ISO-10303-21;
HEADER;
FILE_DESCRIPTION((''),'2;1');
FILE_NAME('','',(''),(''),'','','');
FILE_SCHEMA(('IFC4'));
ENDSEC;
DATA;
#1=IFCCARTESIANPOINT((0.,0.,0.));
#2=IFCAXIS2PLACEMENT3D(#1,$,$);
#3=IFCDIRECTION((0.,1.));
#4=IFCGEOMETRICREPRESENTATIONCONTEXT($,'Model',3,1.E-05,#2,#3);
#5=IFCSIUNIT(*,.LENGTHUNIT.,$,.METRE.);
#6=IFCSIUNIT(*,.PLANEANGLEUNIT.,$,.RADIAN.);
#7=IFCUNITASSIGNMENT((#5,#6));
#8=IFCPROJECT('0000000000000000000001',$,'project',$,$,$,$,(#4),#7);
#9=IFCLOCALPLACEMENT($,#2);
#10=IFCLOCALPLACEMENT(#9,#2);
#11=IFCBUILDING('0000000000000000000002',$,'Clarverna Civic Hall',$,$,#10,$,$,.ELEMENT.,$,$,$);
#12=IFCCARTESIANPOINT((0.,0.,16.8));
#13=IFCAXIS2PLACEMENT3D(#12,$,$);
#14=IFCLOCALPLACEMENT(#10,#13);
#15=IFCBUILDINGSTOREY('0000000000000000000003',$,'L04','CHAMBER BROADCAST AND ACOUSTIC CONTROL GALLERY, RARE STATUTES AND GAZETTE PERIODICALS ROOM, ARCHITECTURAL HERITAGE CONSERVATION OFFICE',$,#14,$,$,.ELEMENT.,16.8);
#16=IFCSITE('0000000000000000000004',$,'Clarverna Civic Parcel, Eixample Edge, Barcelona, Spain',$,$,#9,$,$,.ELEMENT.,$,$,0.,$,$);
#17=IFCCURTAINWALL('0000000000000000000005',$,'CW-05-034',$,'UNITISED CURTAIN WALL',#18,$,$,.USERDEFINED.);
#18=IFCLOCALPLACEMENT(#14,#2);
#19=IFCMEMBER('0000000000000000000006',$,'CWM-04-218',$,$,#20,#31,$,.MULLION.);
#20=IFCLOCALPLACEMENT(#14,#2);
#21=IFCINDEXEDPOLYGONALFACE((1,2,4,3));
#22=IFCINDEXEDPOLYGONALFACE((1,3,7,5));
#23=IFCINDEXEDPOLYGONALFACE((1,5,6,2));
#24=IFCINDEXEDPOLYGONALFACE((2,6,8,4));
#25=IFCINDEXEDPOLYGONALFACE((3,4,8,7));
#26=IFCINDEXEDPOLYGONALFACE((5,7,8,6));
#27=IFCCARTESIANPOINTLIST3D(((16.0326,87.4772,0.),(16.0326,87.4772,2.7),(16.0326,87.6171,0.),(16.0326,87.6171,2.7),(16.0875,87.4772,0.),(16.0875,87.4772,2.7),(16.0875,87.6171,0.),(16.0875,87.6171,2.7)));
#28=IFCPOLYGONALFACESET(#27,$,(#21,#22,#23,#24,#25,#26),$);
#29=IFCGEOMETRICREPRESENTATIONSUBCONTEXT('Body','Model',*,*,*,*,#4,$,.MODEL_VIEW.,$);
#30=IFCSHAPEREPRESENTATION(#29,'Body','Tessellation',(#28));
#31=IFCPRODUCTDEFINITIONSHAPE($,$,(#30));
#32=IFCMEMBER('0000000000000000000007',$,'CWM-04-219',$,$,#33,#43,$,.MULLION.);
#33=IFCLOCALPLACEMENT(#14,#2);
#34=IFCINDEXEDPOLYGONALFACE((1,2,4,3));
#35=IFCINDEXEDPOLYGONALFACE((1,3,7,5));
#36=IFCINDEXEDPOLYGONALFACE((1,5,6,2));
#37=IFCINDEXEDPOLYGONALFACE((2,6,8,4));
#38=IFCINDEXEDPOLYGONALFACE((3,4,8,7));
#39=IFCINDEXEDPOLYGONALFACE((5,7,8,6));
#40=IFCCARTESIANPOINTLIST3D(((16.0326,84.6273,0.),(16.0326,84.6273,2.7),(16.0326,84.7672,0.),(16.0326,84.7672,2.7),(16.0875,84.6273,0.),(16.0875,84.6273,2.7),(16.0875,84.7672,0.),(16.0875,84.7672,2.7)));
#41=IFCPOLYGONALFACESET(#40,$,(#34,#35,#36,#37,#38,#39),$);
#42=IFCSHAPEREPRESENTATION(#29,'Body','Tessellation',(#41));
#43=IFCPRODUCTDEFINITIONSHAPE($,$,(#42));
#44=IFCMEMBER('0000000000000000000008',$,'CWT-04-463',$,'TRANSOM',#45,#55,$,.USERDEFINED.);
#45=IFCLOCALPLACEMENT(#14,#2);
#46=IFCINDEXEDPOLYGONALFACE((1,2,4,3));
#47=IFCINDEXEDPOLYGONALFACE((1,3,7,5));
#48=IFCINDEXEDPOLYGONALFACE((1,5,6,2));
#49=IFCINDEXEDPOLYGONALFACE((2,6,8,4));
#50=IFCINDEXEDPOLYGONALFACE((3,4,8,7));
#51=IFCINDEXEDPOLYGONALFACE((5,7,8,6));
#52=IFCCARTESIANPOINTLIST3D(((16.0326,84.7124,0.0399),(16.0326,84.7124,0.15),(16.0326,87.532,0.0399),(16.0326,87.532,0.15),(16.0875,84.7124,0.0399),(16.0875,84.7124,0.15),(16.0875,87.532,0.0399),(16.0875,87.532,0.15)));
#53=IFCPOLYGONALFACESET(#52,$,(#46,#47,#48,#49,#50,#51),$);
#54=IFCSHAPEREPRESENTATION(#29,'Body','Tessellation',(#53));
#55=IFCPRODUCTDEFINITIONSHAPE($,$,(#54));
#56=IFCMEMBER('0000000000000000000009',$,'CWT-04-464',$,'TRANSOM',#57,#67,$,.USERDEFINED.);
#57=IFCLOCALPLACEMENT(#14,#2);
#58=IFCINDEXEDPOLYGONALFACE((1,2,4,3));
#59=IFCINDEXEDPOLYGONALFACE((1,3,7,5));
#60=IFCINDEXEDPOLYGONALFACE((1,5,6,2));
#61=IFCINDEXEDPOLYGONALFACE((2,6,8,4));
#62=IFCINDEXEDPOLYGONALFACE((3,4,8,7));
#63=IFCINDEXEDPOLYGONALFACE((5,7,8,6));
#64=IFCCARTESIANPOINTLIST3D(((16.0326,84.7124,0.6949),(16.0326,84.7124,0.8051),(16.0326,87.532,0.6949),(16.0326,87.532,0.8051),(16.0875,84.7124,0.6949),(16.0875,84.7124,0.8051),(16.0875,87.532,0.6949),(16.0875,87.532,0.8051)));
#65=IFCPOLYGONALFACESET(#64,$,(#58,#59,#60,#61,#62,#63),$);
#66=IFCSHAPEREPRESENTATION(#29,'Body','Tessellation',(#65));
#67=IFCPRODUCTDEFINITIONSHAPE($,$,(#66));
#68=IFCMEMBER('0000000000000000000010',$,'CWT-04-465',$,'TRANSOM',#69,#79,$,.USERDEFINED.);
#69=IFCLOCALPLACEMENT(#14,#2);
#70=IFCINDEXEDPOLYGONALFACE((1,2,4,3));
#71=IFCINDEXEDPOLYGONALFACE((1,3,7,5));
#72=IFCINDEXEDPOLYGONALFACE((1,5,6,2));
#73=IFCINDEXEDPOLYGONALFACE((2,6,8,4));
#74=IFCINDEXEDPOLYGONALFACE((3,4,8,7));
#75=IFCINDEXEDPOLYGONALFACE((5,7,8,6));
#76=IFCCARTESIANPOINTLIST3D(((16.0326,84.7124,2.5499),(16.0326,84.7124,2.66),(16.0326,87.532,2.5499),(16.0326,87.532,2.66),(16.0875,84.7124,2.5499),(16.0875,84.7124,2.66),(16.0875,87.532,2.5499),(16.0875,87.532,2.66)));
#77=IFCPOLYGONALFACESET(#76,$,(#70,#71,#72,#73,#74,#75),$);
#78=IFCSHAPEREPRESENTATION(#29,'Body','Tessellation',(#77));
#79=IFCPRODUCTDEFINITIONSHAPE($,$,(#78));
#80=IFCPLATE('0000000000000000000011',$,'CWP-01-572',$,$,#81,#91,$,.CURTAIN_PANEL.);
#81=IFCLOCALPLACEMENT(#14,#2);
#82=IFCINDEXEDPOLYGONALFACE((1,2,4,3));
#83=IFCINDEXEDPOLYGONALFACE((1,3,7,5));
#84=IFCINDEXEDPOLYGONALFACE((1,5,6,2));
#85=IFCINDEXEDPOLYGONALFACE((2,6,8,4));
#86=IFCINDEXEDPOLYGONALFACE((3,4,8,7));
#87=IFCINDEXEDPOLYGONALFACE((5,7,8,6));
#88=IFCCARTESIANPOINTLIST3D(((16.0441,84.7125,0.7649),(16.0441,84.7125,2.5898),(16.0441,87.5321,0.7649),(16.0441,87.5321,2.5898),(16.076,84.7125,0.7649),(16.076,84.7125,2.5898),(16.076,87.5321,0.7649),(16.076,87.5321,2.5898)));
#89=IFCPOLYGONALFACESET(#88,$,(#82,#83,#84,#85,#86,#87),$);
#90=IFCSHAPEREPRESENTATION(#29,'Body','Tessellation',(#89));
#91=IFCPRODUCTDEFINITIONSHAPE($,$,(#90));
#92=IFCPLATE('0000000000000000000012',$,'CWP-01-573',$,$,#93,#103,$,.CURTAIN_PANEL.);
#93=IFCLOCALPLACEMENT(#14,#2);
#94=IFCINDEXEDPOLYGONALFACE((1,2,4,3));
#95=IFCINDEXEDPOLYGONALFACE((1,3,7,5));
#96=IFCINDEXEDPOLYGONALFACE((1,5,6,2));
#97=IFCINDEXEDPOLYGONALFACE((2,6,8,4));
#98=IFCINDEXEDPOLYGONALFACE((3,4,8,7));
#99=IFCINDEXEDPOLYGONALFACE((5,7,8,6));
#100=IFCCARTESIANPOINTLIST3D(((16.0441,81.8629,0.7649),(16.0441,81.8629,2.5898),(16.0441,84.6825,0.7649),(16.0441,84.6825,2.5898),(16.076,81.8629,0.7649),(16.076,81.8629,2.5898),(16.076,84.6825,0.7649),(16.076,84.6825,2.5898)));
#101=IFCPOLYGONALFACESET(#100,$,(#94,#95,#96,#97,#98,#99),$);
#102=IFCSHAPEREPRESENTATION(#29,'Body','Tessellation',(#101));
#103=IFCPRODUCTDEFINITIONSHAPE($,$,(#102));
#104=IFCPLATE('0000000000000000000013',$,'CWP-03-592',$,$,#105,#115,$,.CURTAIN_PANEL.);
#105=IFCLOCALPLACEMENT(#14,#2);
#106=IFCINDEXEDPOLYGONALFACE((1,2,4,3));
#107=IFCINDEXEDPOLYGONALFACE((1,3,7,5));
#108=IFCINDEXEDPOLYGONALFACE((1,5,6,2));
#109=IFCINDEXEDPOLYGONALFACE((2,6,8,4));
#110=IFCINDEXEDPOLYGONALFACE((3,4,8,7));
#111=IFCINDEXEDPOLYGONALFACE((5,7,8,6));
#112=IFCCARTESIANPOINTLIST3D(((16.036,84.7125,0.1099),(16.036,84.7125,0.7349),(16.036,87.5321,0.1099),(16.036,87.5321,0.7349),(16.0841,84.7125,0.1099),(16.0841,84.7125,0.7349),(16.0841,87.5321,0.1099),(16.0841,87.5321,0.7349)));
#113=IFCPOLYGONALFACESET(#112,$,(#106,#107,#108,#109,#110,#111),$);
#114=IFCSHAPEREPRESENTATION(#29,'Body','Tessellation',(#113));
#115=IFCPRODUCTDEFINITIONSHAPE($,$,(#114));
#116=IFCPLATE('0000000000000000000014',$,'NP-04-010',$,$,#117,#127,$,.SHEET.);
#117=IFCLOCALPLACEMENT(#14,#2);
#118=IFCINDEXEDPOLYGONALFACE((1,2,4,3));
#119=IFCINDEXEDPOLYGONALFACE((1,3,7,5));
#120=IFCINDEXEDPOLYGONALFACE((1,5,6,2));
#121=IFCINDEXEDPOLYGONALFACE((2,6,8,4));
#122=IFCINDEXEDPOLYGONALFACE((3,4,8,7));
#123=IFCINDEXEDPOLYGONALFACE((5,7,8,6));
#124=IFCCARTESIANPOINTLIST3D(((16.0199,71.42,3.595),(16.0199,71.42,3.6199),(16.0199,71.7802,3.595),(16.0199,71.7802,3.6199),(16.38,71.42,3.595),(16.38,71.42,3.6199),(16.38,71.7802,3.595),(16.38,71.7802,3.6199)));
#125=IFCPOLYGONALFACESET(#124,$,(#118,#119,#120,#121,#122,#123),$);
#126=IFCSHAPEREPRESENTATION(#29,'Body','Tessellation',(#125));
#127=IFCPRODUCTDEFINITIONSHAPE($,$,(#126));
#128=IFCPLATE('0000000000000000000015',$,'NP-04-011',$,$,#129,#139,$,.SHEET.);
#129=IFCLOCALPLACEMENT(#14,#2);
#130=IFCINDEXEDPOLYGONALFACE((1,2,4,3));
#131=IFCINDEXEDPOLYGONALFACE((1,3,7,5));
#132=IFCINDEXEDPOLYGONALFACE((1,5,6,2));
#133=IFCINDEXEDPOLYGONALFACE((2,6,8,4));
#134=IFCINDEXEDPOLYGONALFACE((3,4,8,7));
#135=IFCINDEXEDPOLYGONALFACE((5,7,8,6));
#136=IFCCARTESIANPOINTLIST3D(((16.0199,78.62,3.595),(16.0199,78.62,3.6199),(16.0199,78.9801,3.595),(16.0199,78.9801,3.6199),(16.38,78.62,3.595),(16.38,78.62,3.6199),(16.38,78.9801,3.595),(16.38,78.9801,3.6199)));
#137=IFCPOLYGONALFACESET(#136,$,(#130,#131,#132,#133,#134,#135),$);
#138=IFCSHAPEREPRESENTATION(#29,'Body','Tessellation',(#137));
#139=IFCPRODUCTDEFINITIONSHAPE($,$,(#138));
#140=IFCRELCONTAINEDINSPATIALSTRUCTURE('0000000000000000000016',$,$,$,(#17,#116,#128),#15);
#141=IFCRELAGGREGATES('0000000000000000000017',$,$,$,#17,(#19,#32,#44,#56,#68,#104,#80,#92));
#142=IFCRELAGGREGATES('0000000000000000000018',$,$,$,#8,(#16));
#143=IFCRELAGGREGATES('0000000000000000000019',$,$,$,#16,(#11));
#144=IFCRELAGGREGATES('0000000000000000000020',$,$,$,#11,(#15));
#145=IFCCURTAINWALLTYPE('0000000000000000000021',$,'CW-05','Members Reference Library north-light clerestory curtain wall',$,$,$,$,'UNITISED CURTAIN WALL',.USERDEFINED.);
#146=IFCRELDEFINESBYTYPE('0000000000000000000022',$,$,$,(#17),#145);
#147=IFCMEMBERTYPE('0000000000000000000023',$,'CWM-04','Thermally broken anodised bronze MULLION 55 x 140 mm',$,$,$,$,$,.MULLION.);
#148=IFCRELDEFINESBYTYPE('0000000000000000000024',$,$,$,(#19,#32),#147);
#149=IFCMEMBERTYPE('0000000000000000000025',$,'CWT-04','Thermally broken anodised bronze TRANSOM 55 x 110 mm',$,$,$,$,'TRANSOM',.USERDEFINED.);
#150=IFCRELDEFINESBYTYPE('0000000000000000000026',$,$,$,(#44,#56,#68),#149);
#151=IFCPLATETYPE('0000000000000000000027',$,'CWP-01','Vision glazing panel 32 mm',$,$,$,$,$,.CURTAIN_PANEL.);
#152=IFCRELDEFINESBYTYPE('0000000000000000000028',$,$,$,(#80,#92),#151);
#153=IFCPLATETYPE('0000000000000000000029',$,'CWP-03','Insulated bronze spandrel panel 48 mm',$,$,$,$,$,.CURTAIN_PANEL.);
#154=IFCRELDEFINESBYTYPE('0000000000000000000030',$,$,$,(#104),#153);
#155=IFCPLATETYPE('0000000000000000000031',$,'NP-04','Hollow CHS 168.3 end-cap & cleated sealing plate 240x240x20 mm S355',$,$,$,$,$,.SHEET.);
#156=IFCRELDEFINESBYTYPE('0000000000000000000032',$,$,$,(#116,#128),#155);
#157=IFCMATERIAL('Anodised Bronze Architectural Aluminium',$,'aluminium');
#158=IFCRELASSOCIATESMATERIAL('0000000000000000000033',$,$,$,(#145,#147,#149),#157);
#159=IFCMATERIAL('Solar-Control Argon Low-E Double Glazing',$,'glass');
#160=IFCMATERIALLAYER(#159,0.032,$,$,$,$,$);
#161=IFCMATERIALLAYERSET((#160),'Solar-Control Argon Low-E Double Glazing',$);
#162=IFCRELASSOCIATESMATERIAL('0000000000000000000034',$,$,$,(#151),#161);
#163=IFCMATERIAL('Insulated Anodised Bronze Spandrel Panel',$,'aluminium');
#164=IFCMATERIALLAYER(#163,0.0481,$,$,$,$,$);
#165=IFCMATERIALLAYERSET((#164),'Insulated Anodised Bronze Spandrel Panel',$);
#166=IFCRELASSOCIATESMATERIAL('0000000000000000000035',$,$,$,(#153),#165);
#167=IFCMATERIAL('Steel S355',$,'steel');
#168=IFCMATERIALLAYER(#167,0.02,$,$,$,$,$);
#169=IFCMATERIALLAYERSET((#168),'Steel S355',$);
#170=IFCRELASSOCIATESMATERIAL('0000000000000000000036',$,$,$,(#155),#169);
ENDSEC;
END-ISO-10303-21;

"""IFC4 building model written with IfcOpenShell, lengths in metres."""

from ifc_helpers import new_model, si_unit, direction, frame, frame_2d, origin, origin_2d, place, context, subcontext, project, spatial, rectangle, extrude, material, layer, layer_set, material_profile, profile_set, type_object, element, aggregate, save


model = new_model("IFC4")

# Units and contexts
model_context = context("Model", 3, precision=1e-05, world=origin(), true_north=direction((0.0, 1.0)))
body_context = subcontext(model_context, "Body", "Model", "MODEL_VIEW")
ifc_project = project(units=[si_unit("LENGTHUNIT", "METRE"), si_unit("PLANEANGLEUNIT", "RADIAN")], contexts=[model_context])

# Site, building, storey
site_placement = place(None, origin())
site = spatial("IfcSite", under=ifc_project, at=site_placement, Name="Clarverna Civic Parcel, Eixample Edge, Barcelona, Spain", CompositionType="ELEMENT", RefElevation=0.0)
building_placement = place(site_placement, origin())
building = spatial("IfcBuilding", under=site, at=building_placement, Name="Clarverna Civic Hall", CompositionType="ELEMENT")
storey_placement = place(building_placement, frame((0.0, 0.0, 16.8)))
storey = spatial("IfcBuildingStorey", under=building, at=storey_placement, Name="L04", Description="CHAMBER BROADCAST AND ACOUSTIC CONTROL GALLERY, RARE STATUTES AND GAZETTE PERIODICALS ROOM, ARCHITECTURAL HERITAGE CONSERVATION OFFICE", CompositionType="ELEMENT", Elevation=16.8)

# Shared definitions
ifc_material_1 = material(Name="Steel S355", Category="steel")

# Curtain wall, members, plates
ifc_material_2 = material(Name="Anodised Bronze Architectural Aluminium", Category="aluminium")
curtain_wall_type = type_object("IfcCurtainWallType", Name="CW-05", Description="Members Reference Library north-light clerestory curtain wall", ElementType="UNITISED CURTAIN WALL", PredefinedType="USERDEFINED", material=ifc_material_2)
curtain_wall_placement = place(storey_placement, origin())
curtain_wall = element("IfcCurtainWall", 1, at=curtain_wall_placement, inside=storey, type_object=curtain_wall_type, Name="CW-05-034", ObjectType="UNITISED CURTAIN WALL", PredefinedType="USERDEFINED")
ifc_material_profile_1 = material_profile(ifc_material_2, rectangle(XDim=0.0549, YDim=0.1399, at=origin_2d()), Name="BRONZE 55x140")
ifc_profile_set_1 = profile_set([ifc_material_profile_1], Name="Anodised Bronze Architectural Aluminium")
member_type_1 = type_object("IfcMemberType", Name="CWM-04", Description="Thermally broken anodised bronze MULLION 55 x 140 mm", PredefinedType="MULLION", material=ifc_profile_set_1)
member_1_placement = place(storey_placement, frame((16.0601, 87.5471, 0.0), z_axis=(0.0, 0.0, 1.0), x_axis=(1.0, 0.0, 0.0)))
member_1 = element("IfcMember", 2, at=member_1_placement, type_object=member_type_1, Name="CWM-04-218", PredefinedType="MULLION", context=body_context, shape_type="SweptSolid", body=[
    extrude(rectangle(XDim=0.0549, YDim=0.1399, at=origin_2d()), origin(), (0.0, 0.0, 1.0), 2.7),
])
member_2_placement = place(storey_placement, frame((16.0601, 84.6973, 0.0), z_axis=(0.0, 0.0, 1.0), x_axis=(1.0, 0.0, 0.0)))
member_2 = element("IfcMember", 3, at=member_2_placement, type_object=member_type_1, Name="CWM-04-219", PredefinedType="MULLION", context=body_context, shape_type="SweptSolid", body=[
    extrude(rectangle(XDim=0.0549, YDim=0.1399, at=origin_2d()), origin(), (0.0, 0.0, 1.0), 2.7),
])
ifc_material_profile_2 = material_profile(ifc_material_2, rectangle(XDim=0.0549, YDim=0.1101, at=origin_2d()), Name="BRONZE 55x110")
ifc_profile_set_2 = profile_set([ifc_material_profile_2], Name="Anodised Bronze Architectural Aluminium")
member_type_2 = type_object("IfcMemberType", Name="CWT-04", Description="Thermally broken anodised bronze TRANSOM 55 x 110 mm", ElementType="TRANSOM", PredefinedType="USERDEFINED", material=ifc_profile_set_2)
member_3_placement = place(storey_placement, frame((16.0601, 87.532, 0.095), z_axis=(0.0, -1.0, 0.0), x_axis=(1.0, 0.0, 0.0)))
member_3 = element("IfcMember", 4, at=member_3_placement, type_object=member_type_2, Name="CWT-04-463", ObjectType="TRANSOM", PredefinedType="USERDEFINED", context=body_context, shape_type="SweptSolid", body=[
    extrude(rectangle(XDim=0.0549, YDim=0.1101, at=origin_2d()), origin(), (0.0, 0.0, 1.0), 2.8196),
])
member_4_placement = place(storey_placement, frame((16.0601, 87.532, 0.75), z_axis=(0.0, -1.0, 0.0), x_axis=(1.0, 0.0, 0.0)))
member_4 = element("IfcMember", 5, at=member_4_placement, type_object=member_type_2, Name="CWT-04-464", ObjectType="TRANSOM", PredefinedType="USERDEFINED", context=body_context, shape_type="SweptSolid", body=[
    extrude(rectangle(XDim=0.0549, YDim=0.1101, at=origin_2d()), origin(), (0.0, 0.0, 1.0), 2.8196),
])
member_5_placement = place(storey_placement, frame((16.0601, 87.532, 2.605), z_axis=(0.0, -1.0, 0.0), x_axis=(1.0, 0.0, 0.0)))
member_5 = element("IfcMember", 6, at=member_5_placement, type_object=member_type_2, Name="CWT-04-465", ObjectType="TRANSOM", PredefinedType="USERDEFINED", context=body_context, shape_type="SweptSolid", body=[
    extrude(rectangle(XDim=0.0549, YDim=0.1101, at=origin_2d()), origin(), (0.0, 0.0, 1.0), 2.8196),
])
ifc_material_3 = material(Name="Solar-Control Argon Low-E Double Glazing", Category="glass")
ifc_layer_1 = layer(ifc_material_3, 0.032)
ifc_layer_set_1 = layer_set([ifc_layer_1], Name="Solar-Control Argon Low-E Double Glazing")
plate_type_1 = type_object("IfcPlateType", Name="CWP-01", Description="Vision glazing panel 32 mm", PredefinedType="CURTAIN_PANEL", material=ifc_layer_set_1)
plate_1_placement = place(storey_placement, frame((16.0601, 87.532, 0.7649), z_axis=(0.0, 0.0, 1.0), x_axis=(0.0, -1.0, 0.0)))
plate_1 = element("IfcPlate", 7, at=plate_1_placement, type_object=plate_type_1, Name="CWP-01-572", PredefinedType="CURTAIN_PANEL", context=body_context, shape_type="SweptSolid", body=[
    extrude(rectangle(XDim=2.8196, YDim=0.032, at=frame_2d((1.4097, 0.0))), origin(), (0.0, 0.0, 1.0), 1.825),
])
plate_2_placement = place(storey_placement, frame((16.0601, 84.6824, 0.7649), z_axis=(0.0, 0.0, 1.0), x_axis=(0.0, -1.0, 0.0)))
plate_2 = element("IfcPlate", 8, at=plate_2_placement, type_object=plate_type_1, Name="CWP-01-573", PredefinedType="CURTAIN_PANEL", context=body_context, shape_type="SweptSolid", body=[
    extrude(rectangle(XDim=2.8196, YDim=0.032, at=frame_2d((1.4097, 0.0))), origin(), (0.0, 0.0, 1.0), 1.825),
])
ifc_material_4 = material(Name="Insulated Anodised Bronze Spandrel Panel", Category="aluminium")
ifc_layer_2 = layer(ifc_material_4, 0.0481)
ifc_layer_set_2 = layer_set([ifc_layer_2], Name="Insulated Anodised Bronze Spandrel Panel")
plate_type_2 = type_object("IfcPlateType", Name="CWP-03", Description="Insulated bronze spandrel panel 48 mm", PredefinedType="CURTAIN_PANEL", material=ifc_layer_set_2)
plate_3_placement = place(storey_placement, frame((16.0601, 87.532, 0.1099), z_axis=(0.0, 0.0, 1.0), x_axis=(0.0, -1.0, 0.0)))
plate_3 = element("IfcPlate", 9, at=plate_3_placement, type_object=plate_type_2, Name="CWP-03-592", PredefinedType="CURTAIN_PANEL", context=body_context, shape_type="SweptSolid", body=[
    extrude(rectangle(XDim=2.8196, YDim=0.0481, at=frame_2d((1.4097, 0.0))), origin(), (0.0, 0.0, 1.0), 0.625),
])
aggregate(curtain_wall, [member_1, member_2, member_3, member_4, member_5, plate_3, plate_1, plate_2])

# Plates
ifc_layer_3 = layer(ifc_material_1, 0.02)
ifc_layer_set_3 = layer_set([ifc_layer_3], Name="Steel S355")
plate_type_3 = type_object("IfcPlateType", Name="NP-04", Description="Hollow CHS 168.3 end-cap & cleated sealing plate 240x240x20 mm S355", PredefinedType="SHEET", material=ifc_layer_set_3)
for number, where, z_axis, x_axis, name in (
    (10, (16.2, 71.6001, 3.595), (0.0, 0.0, 1.0), (1.0, 0.0, 0.0), "NP-04-010"),
    (11, (16.2, 78.8, 3.595), (0.0, 0.0, 1.0), (1.0, 0.0, 0.0), "NP-04-011"),
):
    element("IfcPlate", number, at=place(storey_placement, frame(where, z_axis=z_axis, x_axis=x_axis)), inside=storey, type_object=plate_type_3, Name=name, PredefinedType="SHEET", context=body_context, shape_type="SweptSolid", body=[
        extrude(rectangle(XDim=0.3601, YDim=0.3601, at=origin_2d()), origin(), (0.0, 0.0, 1.0), 0.0249),
    ])

save(model, "model.ifc")
